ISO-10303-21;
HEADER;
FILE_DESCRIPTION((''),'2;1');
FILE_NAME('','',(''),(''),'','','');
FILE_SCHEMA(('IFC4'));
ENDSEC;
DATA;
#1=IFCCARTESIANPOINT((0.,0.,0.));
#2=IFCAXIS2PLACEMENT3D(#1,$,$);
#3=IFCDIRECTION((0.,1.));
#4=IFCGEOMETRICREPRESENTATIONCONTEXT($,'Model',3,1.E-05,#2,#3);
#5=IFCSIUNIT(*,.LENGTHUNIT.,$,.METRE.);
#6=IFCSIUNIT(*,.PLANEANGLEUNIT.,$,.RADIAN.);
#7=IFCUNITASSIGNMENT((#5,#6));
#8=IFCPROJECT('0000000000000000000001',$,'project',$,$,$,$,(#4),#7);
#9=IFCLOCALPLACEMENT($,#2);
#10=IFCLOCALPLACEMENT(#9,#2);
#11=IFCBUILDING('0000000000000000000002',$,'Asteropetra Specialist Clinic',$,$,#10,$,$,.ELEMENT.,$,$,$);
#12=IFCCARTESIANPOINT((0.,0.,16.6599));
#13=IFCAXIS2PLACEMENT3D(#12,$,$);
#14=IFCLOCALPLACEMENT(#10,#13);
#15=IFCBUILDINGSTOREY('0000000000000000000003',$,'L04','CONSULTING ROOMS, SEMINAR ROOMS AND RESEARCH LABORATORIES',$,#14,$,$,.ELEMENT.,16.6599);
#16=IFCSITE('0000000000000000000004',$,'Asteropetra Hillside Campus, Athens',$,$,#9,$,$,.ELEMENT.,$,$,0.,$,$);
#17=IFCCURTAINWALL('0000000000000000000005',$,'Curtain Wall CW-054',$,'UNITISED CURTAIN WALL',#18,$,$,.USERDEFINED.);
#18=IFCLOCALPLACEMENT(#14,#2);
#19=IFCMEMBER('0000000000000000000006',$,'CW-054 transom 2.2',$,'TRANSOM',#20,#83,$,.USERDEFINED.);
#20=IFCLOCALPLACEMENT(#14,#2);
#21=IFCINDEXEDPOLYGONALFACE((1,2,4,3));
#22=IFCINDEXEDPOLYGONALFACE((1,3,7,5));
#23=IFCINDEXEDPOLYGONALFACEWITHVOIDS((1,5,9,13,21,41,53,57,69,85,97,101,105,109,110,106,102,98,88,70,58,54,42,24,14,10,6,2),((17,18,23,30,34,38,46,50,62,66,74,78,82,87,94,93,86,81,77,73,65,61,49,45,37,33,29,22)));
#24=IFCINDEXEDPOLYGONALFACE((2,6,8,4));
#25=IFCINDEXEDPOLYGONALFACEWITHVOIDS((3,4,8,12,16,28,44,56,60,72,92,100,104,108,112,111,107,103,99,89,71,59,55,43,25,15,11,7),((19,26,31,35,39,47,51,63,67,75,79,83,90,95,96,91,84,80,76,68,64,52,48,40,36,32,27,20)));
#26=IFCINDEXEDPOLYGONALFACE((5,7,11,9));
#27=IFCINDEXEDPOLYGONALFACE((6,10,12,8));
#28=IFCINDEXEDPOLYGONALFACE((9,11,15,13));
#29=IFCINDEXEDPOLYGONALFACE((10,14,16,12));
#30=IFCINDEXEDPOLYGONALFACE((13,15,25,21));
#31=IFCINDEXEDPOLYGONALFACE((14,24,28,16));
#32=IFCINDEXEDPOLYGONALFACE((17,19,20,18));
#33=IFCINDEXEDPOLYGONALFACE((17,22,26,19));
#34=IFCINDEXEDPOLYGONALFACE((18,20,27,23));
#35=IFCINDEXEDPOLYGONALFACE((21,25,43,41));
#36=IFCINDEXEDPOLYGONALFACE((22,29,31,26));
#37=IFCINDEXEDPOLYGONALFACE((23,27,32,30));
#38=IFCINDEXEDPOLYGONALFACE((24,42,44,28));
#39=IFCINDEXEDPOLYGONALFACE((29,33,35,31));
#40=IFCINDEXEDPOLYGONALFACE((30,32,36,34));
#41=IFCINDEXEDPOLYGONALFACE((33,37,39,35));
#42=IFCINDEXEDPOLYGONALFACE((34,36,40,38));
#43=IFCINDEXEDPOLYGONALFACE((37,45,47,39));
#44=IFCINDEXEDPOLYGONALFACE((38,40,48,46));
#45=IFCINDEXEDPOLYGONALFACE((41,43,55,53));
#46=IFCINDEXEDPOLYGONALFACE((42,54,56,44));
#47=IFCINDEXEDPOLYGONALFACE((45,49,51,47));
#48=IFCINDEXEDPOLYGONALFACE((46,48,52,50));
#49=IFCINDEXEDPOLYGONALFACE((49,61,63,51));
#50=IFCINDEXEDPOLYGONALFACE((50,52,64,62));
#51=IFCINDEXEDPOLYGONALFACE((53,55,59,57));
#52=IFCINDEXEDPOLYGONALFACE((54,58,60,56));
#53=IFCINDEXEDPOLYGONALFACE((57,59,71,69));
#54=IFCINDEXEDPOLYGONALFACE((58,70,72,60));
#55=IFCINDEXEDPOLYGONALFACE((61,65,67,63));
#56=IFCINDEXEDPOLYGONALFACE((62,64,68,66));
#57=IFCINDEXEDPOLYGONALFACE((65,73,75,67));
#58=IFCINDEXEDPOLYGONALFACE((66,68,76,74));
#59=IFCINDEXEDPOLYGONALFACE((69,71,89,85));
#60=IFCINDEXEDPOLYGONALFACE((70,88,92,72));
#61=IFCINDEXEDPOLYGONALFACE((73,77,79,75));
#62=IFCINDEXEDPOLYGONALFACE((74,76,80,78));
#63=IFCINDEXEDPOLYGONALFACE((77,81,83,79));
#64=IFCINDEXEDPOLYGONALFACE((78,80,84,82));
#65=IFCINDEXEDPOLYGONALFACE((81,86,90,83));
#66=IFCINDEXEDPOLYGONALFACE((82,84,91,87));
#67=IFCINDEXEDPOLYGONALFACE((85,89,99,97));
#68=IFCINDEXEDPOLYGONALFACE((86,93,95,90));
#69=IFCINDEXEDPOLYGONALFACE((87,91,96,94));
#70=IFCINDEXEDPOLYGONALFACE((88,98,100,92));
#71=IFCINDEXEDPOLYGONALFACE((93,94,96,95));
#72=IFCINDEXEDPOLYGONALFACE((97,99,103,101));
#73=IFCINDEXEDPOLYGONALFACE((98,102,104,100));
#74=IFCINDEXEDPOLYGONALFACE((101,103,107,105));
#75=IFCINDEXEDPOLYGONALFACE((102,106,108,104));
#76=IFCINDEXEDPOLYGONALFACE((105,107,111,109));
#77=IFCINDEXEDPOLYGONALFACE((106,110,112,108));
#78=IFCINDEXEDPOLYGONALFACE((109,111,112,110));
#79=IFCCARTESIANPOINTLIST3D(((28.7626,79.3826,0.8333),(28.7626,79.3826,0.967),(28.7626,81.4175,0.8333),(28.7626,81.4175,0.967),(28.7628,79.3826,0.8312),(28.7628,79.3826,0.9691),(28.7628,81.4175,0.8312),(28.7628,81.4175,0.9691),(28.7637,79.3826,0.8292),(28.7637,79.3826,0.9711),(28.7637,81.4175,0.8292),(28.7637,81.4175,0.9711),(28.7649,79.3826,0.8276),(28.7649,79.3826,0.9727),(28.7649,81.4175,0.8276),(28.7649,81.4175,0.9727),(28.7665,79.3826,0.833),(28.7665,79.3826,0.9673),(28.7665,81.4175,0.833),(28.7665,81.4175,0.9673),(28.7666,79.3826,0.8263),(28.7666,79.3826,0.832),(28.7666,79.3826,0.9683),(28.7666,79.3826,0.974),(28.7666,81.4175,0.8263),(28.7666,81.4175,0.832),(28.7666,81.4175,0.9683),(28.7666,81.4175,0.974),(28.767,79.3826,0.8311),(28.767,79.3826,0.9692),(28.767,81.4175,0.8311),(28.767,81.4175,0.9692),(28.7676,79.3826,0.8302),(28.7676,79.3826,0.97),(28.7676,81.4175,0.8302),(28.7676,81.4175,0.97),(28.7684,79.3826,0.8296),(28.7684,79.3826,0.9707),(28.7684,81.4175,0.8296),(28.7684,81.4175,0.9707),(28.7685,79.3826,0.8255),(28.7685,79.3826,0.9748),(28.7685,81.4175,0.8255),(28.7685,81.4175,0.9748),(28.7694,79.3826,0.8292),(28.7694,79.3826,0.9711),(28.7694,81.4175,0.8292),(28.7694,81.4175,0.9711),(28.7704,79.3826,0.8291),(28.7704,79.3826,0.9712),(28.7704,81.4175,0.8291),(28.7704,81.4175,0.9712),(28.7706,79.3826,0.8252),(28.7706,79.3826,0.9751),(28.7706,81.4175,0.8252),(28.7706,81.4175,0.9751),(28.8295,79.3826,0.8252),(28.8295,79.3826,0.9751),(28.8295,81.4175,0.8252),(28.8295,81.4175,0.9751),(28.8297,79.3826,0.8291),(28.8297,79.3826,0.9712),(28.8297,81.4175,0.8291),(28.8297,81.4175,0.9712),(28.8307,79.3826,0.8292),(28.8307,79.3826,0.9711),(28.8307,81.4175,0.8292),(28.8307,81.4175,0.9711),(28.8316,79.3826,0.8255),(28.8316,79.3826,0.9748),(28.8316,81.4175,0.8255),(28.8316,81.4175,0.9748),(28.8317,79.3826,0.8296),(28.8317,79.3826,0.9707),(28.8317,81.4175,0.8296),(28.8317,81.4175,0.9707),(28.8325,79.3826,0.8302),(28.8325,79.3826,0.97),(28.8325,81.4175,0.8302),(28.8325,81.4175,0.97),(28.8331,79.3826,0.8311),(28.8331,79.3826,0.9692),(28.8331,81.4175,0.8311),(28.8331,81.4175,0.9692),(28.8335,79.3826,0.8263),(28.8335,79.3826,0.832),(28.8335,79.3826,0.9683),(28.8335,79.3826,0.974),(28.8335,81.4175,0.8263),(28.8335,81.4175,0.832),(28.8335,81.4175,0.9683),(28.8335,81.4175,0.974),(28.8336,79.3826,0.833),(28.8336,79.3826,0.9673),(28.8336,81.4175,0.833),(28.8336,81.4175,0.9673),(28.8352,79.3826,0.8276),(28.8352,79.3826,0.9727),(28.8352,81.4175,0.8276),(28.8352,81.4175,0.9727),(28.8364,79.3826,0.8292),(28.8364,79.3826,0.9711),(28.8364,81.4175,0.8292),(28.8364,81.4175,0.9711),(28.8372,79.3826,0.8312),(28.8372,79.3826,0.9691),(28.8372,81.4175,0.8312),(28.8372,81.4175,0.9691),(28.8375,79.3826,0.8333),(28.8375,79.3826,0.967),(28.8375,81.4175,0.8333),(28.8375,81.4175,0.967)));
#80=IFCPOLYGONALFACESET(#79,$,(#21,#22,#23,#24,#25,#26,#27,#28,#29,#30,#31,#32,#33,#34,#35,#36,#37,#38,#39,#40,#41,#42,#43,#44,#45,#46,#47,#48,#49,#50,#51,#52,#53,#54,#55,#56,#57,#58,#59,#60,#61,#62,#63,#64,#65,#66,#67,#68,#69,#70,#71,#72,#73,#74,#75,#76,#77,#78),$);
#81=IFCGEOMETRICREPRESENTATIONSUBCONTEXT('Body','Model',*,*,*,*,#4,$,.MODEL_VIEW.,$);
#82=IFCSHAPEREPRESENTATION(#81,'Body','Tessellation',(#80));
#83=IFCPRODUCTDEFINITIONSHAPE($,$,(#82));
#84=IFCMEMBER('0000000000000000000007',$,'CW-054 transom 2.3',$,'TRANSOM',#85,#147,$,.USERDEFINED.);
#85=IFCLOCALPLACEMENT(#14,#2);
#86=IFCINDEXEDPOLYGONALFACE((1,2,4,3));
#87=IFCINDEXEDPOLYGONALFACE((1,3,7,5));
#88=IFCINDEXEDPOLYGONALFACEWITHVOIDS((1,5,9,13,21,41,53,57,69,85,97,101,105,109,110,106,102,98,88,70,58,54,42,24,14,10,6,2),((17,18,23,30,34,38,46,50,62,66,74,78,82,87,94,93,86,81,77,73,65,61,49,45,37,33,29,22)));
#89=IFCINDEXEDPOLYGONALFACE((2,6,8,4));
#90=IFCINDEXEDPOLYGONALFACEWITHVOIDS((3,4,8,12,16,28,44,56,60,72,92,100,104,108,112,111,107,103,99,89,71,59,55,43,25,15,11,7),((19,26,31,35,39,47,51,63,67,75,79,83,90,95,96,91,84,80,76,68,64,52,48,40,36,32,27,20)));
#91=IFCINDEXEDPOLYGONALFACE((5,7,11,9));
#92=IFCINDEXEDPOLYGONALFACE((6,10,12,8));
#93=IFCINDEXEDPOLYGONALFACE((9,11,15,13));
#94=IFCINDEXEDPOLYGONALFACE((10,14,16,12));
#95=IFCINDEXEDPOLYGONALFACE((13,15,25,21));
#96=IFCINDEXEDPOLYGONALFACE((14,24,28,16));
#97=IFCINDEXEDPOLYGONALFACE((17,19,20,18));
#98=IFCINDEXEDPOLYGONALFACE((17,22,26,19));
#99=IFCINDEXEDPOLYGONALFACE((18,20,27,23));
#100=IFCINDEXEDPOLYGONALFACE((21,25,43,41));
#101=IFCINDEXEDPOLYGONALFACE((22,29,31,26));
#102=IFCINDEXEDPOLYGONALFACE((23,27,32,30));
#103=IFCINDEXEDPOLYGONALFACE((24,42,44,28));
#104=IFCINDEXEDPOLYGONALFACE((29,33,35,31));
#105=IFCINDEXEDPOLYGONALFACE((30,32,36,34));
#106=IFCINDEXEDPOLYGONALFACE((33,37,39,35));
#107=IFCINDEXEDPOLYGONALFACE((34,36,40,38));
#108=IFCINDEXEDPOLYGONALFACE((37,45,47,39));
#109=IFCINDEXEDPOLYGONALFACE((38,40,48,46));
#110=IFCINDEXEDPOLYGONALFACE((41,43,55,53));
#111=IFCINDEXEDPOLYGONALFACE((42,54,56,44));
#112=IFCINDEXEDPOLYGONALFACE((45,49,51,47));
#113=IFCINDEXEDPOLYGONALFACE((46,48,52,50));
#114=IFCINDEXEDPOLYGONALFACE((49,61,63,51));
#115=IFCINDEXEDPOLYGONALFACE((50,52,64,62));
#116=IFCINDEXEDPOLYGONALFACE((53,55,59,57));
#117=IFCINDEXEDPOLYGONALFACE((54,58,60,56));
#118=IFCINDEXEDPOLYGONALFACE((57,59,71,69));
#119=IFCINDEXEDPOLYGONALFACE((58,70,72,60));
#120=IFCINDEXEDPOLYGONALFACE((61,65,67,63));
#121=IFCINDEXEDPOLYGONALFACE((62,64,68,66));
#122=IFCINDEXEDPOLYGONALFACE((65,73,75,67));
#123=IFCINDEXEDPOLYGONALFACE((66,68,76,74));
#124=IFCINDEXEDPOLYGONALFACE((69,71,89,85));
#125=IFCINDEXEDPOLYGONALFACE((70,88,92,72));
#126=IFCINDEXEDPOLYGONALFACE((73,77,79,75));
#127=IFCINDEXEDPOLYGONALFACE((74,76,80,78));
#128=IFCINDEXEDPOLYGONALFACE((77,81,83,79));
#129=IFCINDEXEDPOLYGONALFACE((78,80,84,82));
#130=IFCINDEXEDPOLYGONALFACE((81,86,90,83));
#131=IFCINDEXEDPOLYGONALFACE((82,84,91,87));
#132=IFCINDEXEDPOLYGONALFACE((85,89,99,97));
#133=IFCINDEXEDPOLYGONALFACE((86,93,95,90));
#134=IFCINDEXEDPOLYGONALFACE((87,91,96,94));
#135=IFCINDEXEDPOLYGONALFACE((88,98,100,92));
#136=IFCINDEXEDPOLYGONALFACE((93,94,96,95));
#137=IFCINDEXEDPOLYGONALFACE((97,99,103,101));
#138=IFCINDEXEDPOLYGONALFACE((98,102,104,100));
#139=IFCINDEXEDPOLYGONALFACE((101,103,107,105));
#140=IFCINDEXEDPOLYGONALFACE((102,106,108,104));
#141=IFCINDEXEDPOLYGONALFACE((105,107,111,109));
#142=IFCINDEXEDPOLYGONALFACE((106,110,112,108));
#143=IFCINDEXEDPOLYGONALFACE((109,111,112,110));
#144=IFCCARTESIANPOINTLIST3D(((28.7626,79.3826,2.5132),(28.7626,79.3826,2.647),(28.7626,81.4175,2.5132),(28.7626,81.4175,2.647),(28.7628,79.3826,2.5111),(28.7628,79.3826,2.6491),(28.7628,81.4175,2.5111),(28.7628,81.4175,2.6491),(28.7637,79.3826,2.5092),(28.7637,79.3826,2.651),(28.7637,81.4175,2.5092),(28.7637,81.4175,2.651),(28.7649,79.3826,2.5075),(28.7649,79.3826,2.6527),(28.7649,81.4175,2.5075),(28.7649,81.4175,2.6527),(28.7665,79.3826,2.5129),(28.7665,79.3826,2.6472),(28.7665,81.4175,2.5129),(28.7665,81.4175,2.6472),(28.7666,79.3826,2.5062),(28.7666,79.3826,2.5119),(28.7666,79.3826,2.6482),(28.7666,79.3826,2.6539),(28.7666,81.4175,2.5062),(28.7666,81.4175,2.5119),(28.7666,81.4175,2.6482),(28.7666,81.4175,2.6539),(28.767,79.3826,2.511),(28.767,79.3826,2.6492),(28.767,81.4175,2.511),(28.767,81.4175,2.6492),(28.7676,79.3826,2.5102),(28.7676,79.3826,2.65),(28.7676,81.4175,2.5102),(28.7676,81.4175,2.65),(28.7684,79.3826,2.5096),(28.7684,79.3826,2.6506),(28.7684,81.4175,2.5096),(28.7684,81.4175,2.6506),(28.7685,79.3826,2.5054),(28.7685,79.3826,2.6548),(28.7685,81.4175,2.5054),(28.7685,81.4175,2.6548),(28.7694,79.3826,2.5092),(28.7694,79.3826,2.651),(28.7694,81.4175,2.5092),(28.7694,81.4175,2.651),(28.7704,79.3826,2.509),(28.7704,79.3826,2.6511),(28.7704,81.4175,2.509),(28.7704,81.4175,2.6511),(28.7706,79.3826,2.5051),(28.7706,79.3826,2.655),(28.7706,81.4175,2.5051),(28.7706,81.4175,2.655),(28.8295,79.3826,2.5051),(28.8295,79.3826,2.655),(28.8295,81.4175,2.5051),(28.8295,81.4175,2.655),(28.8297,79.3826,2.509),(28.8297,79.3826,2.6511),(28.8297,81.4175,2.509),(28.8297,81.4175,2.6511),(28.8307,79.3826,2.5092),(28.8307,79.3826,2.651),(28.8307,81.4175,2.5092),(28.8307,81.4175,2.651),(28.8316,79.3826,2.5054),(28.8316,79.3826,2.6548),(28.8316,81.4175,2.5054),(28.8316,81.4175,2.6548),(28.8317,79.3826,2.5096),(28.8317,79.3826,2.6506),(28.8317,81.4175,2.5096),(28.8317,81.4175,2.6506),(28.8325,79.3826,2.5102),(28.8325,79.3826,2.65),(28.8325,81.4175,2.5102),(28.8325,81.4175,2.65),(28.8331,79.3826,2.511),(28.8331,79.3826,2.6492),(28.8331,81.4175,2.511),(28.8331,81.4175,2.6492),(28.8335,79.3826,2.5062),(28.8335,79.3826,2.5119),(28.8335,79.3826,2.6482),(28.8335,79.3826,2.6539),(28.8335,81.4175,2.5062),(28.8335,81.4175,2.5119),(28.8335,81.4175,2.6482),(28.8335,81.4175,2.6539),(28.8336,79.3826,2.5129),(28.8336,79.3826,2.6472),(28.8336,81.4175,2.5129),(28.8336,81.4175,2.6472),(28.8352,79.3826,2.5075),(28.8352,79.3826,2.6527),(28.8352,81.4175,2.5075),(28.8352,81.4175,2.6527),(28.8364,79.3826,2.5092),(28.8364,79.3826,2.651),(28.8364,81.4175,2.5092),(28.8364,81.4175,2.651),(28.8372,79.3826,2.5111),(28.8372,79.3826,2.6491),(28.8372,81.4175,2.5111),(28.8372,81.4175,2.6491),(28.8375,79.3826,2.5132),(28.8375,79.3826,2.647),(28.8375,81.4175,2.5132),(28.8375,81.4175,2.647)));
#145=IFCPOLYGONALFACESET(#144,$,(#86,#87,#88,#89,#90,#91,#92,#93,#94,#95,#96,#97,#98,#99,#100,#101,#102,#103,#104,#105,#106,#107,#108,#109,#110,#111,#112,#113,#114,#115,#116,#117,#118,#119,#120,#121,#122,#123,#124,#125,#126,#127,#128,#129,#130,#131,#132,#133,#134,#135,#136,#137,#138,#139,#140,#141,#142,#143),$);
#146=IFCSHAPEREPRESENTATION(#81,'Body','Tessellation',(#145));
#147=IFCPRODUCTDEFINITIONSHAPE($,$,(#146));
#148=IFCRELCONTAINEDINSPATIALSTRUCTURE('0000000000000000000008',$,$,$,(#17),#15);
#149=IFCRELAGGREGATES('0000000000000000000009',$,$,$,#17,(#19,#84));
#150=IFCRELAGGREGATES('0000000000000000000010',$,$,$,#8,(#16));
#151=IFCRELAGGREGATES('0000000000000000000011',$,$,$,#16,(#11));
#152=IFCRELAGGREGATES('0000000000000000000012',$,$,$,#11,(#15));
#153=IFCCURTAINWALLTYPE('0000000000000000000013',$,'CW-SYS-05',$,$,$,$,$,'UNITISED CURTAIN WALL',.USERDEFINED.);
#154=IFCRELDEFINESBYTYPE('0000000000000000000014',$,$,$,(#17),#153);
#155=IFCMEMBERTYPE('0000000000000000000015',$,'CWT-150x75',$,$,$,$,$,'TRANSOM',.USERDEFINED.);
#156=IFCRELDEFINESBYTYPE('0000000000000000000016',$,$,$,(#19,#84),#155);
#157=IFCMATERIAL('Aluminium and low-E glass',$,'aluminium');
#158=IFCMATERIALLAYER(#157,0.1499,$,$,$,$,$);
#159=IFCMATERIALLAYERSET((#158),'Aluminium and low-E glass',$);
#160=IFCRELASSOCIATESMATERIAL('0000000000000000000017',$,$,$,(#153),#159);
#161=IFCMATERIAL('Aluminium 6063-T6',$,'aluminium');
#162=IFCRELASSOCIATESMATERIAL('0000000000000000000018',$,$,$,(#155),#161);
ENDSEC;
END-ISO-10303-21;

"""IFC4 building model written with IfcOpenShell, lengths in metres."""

from ifc_helpers import new_model, si_unit, direction, frame, origin, origin_2d, place, context, subcontext, project, spatial, hollow_rectangle, extrude, material, layer, layer_set, material_profile, profile_set, type_object, element, aggregate, save


model = new_model("IFC4")

# Units and contexts
model_context = context("Model", 3, precision=1e-05, world=origin(), true_north=direction((0.0, 1.0)))
body_context = subcontext(model_context, "Body", "Model", "MODEL_VIEW")
ifc_project = project(units=[si_unit("LENGTHUNIT", "METRE"), si_unit("PLANEANGLEUNIT", "RADIAN")], contexts=[model_context])

# Site, building, storey
site_placement = place(None, origin())
site = spatial("IfcSite", under=ifc_project, at=site_placement, Name="Asteropetra Hillside Campus, Athens", CompositionType="ELEMENT", RefElevation=0.0)
building_placement = place(site_placement, origin())
building = spatial("IfcBuilding", under=site, at=building_placement, Name="Asteropetra Specialist Clinic", CompositionType="ELEMENT")
storey_placement = place(building_placement, frame((0.0, 0.0, 16.6599)))
storey = spatial("IfcBuildingStorey", under=building, at=storey_placement, Name="L04", Description="CONSULTING ROOMS, SEMINAR ROOMS AND RESEARCH LABORATORIES", CompositionType="ELEMENT", Elevation=16.6599)

# Curtain wall, members
ifc_material_1 = material(Name="Aluminium and low-E glass", Category="aluminium")
ifc_layer_1 = layer(ifc_material_1, 0.1499)
ifc_layer_set_1 = layer_set([ifc_layer_1], Name="Aluminium and low-E glass")
curtain_wall_type = type_object("IfcCurtainWallType", Name="CW-SYS-05", ElementType="UNITISED CURTAIN WALL", PredefinedType="USERDEFINED", material=ifc_layer_set_1)
curtain_wall_placement = place(storey_placement, origin())
curtain_wall = element("IfcCurtainWall", 1, at=curtain_wall_placement, inside=storey, type_object=curtain_wall_type, Name="Curtain Wall CW-054", ObjectType="UNITISED CURTAIN WALL", PredefinedType="USERDEFINED")
ifc_material_2 = material(Name="Aluminium 6063-T6", Category="aluminium")
ifc_material_profile_1 = material_profile(ifc_material_2, hollow_rectangle(XDim=0.075, YDim=0.1499, WallThickness=0.0039, InnerFilletRadius=0.0039, OuterFilletRadius=0.0081, at=origin_2d()), Name="TRN 150x75x4.0")
ifc_profile_set_1 = profile_set([ifc_material_profile_1], Name="Aluminium 6063-T6")
member_type_1 = type_object("IfcMemberType", Name="CWT-150x75", ElementType="TRANSOM", PredefinedType="USERDEFINED", material=ifc_profile_set_1)
member_1_placement = place(storey_placement, frame((28.8, 79.3826, 0.9001), z_axis=(0.0, 1.0, 0.0), x_axis=(-1.0, 0.0, 0.0)))
member_1 = element("IfcMember", 2, at=member_1_placement, type_object=member_type_1, Name="CW-054 transom 2.2", ObjectType="TRANSOM", PredefinedType="USERDEFINED", context=body_context, shape_type="SweptSolid", body=[
    extrude(hollow_rectangle(XDim=0.075, YDim=0.1499, WallThickness=0.0039, InnerFilletRadius=0.0039, OuterFilletRadius=0.0081, at=origin_2d()), origin(), (0.0, 0.0, 1.0), 2.0349),
])
member_2_placement = place(storey_placement, frame((28.8, 79.3826, 2.5801), z_axis=(0.0, 1.0, 0.0), x_axis=(-1.0, 0.0, 0.0)))
member_2 = element("IfcMember", 3, at=member_2_placement, type_object=member_type_1, Name="CW-054 transom 2.3", ObjectType="TRANSOM", PredefinedType="USERDEFINED", context=body_context, shape_type="SweptSolid", body=[
    extrude(hollow_rectangle(XDim=0.075, YDim=0.1499, WallThickness=0.0039, InnerFilletRadius=0.0039, OuterFilletRadius=0.0081, at=origin_2d()), origin(), (0.0, 0.0, 1.0), 2.0349),
])

aggregate(curtain_wall, [member_1, member_2])

save(model, "model.ifc")
